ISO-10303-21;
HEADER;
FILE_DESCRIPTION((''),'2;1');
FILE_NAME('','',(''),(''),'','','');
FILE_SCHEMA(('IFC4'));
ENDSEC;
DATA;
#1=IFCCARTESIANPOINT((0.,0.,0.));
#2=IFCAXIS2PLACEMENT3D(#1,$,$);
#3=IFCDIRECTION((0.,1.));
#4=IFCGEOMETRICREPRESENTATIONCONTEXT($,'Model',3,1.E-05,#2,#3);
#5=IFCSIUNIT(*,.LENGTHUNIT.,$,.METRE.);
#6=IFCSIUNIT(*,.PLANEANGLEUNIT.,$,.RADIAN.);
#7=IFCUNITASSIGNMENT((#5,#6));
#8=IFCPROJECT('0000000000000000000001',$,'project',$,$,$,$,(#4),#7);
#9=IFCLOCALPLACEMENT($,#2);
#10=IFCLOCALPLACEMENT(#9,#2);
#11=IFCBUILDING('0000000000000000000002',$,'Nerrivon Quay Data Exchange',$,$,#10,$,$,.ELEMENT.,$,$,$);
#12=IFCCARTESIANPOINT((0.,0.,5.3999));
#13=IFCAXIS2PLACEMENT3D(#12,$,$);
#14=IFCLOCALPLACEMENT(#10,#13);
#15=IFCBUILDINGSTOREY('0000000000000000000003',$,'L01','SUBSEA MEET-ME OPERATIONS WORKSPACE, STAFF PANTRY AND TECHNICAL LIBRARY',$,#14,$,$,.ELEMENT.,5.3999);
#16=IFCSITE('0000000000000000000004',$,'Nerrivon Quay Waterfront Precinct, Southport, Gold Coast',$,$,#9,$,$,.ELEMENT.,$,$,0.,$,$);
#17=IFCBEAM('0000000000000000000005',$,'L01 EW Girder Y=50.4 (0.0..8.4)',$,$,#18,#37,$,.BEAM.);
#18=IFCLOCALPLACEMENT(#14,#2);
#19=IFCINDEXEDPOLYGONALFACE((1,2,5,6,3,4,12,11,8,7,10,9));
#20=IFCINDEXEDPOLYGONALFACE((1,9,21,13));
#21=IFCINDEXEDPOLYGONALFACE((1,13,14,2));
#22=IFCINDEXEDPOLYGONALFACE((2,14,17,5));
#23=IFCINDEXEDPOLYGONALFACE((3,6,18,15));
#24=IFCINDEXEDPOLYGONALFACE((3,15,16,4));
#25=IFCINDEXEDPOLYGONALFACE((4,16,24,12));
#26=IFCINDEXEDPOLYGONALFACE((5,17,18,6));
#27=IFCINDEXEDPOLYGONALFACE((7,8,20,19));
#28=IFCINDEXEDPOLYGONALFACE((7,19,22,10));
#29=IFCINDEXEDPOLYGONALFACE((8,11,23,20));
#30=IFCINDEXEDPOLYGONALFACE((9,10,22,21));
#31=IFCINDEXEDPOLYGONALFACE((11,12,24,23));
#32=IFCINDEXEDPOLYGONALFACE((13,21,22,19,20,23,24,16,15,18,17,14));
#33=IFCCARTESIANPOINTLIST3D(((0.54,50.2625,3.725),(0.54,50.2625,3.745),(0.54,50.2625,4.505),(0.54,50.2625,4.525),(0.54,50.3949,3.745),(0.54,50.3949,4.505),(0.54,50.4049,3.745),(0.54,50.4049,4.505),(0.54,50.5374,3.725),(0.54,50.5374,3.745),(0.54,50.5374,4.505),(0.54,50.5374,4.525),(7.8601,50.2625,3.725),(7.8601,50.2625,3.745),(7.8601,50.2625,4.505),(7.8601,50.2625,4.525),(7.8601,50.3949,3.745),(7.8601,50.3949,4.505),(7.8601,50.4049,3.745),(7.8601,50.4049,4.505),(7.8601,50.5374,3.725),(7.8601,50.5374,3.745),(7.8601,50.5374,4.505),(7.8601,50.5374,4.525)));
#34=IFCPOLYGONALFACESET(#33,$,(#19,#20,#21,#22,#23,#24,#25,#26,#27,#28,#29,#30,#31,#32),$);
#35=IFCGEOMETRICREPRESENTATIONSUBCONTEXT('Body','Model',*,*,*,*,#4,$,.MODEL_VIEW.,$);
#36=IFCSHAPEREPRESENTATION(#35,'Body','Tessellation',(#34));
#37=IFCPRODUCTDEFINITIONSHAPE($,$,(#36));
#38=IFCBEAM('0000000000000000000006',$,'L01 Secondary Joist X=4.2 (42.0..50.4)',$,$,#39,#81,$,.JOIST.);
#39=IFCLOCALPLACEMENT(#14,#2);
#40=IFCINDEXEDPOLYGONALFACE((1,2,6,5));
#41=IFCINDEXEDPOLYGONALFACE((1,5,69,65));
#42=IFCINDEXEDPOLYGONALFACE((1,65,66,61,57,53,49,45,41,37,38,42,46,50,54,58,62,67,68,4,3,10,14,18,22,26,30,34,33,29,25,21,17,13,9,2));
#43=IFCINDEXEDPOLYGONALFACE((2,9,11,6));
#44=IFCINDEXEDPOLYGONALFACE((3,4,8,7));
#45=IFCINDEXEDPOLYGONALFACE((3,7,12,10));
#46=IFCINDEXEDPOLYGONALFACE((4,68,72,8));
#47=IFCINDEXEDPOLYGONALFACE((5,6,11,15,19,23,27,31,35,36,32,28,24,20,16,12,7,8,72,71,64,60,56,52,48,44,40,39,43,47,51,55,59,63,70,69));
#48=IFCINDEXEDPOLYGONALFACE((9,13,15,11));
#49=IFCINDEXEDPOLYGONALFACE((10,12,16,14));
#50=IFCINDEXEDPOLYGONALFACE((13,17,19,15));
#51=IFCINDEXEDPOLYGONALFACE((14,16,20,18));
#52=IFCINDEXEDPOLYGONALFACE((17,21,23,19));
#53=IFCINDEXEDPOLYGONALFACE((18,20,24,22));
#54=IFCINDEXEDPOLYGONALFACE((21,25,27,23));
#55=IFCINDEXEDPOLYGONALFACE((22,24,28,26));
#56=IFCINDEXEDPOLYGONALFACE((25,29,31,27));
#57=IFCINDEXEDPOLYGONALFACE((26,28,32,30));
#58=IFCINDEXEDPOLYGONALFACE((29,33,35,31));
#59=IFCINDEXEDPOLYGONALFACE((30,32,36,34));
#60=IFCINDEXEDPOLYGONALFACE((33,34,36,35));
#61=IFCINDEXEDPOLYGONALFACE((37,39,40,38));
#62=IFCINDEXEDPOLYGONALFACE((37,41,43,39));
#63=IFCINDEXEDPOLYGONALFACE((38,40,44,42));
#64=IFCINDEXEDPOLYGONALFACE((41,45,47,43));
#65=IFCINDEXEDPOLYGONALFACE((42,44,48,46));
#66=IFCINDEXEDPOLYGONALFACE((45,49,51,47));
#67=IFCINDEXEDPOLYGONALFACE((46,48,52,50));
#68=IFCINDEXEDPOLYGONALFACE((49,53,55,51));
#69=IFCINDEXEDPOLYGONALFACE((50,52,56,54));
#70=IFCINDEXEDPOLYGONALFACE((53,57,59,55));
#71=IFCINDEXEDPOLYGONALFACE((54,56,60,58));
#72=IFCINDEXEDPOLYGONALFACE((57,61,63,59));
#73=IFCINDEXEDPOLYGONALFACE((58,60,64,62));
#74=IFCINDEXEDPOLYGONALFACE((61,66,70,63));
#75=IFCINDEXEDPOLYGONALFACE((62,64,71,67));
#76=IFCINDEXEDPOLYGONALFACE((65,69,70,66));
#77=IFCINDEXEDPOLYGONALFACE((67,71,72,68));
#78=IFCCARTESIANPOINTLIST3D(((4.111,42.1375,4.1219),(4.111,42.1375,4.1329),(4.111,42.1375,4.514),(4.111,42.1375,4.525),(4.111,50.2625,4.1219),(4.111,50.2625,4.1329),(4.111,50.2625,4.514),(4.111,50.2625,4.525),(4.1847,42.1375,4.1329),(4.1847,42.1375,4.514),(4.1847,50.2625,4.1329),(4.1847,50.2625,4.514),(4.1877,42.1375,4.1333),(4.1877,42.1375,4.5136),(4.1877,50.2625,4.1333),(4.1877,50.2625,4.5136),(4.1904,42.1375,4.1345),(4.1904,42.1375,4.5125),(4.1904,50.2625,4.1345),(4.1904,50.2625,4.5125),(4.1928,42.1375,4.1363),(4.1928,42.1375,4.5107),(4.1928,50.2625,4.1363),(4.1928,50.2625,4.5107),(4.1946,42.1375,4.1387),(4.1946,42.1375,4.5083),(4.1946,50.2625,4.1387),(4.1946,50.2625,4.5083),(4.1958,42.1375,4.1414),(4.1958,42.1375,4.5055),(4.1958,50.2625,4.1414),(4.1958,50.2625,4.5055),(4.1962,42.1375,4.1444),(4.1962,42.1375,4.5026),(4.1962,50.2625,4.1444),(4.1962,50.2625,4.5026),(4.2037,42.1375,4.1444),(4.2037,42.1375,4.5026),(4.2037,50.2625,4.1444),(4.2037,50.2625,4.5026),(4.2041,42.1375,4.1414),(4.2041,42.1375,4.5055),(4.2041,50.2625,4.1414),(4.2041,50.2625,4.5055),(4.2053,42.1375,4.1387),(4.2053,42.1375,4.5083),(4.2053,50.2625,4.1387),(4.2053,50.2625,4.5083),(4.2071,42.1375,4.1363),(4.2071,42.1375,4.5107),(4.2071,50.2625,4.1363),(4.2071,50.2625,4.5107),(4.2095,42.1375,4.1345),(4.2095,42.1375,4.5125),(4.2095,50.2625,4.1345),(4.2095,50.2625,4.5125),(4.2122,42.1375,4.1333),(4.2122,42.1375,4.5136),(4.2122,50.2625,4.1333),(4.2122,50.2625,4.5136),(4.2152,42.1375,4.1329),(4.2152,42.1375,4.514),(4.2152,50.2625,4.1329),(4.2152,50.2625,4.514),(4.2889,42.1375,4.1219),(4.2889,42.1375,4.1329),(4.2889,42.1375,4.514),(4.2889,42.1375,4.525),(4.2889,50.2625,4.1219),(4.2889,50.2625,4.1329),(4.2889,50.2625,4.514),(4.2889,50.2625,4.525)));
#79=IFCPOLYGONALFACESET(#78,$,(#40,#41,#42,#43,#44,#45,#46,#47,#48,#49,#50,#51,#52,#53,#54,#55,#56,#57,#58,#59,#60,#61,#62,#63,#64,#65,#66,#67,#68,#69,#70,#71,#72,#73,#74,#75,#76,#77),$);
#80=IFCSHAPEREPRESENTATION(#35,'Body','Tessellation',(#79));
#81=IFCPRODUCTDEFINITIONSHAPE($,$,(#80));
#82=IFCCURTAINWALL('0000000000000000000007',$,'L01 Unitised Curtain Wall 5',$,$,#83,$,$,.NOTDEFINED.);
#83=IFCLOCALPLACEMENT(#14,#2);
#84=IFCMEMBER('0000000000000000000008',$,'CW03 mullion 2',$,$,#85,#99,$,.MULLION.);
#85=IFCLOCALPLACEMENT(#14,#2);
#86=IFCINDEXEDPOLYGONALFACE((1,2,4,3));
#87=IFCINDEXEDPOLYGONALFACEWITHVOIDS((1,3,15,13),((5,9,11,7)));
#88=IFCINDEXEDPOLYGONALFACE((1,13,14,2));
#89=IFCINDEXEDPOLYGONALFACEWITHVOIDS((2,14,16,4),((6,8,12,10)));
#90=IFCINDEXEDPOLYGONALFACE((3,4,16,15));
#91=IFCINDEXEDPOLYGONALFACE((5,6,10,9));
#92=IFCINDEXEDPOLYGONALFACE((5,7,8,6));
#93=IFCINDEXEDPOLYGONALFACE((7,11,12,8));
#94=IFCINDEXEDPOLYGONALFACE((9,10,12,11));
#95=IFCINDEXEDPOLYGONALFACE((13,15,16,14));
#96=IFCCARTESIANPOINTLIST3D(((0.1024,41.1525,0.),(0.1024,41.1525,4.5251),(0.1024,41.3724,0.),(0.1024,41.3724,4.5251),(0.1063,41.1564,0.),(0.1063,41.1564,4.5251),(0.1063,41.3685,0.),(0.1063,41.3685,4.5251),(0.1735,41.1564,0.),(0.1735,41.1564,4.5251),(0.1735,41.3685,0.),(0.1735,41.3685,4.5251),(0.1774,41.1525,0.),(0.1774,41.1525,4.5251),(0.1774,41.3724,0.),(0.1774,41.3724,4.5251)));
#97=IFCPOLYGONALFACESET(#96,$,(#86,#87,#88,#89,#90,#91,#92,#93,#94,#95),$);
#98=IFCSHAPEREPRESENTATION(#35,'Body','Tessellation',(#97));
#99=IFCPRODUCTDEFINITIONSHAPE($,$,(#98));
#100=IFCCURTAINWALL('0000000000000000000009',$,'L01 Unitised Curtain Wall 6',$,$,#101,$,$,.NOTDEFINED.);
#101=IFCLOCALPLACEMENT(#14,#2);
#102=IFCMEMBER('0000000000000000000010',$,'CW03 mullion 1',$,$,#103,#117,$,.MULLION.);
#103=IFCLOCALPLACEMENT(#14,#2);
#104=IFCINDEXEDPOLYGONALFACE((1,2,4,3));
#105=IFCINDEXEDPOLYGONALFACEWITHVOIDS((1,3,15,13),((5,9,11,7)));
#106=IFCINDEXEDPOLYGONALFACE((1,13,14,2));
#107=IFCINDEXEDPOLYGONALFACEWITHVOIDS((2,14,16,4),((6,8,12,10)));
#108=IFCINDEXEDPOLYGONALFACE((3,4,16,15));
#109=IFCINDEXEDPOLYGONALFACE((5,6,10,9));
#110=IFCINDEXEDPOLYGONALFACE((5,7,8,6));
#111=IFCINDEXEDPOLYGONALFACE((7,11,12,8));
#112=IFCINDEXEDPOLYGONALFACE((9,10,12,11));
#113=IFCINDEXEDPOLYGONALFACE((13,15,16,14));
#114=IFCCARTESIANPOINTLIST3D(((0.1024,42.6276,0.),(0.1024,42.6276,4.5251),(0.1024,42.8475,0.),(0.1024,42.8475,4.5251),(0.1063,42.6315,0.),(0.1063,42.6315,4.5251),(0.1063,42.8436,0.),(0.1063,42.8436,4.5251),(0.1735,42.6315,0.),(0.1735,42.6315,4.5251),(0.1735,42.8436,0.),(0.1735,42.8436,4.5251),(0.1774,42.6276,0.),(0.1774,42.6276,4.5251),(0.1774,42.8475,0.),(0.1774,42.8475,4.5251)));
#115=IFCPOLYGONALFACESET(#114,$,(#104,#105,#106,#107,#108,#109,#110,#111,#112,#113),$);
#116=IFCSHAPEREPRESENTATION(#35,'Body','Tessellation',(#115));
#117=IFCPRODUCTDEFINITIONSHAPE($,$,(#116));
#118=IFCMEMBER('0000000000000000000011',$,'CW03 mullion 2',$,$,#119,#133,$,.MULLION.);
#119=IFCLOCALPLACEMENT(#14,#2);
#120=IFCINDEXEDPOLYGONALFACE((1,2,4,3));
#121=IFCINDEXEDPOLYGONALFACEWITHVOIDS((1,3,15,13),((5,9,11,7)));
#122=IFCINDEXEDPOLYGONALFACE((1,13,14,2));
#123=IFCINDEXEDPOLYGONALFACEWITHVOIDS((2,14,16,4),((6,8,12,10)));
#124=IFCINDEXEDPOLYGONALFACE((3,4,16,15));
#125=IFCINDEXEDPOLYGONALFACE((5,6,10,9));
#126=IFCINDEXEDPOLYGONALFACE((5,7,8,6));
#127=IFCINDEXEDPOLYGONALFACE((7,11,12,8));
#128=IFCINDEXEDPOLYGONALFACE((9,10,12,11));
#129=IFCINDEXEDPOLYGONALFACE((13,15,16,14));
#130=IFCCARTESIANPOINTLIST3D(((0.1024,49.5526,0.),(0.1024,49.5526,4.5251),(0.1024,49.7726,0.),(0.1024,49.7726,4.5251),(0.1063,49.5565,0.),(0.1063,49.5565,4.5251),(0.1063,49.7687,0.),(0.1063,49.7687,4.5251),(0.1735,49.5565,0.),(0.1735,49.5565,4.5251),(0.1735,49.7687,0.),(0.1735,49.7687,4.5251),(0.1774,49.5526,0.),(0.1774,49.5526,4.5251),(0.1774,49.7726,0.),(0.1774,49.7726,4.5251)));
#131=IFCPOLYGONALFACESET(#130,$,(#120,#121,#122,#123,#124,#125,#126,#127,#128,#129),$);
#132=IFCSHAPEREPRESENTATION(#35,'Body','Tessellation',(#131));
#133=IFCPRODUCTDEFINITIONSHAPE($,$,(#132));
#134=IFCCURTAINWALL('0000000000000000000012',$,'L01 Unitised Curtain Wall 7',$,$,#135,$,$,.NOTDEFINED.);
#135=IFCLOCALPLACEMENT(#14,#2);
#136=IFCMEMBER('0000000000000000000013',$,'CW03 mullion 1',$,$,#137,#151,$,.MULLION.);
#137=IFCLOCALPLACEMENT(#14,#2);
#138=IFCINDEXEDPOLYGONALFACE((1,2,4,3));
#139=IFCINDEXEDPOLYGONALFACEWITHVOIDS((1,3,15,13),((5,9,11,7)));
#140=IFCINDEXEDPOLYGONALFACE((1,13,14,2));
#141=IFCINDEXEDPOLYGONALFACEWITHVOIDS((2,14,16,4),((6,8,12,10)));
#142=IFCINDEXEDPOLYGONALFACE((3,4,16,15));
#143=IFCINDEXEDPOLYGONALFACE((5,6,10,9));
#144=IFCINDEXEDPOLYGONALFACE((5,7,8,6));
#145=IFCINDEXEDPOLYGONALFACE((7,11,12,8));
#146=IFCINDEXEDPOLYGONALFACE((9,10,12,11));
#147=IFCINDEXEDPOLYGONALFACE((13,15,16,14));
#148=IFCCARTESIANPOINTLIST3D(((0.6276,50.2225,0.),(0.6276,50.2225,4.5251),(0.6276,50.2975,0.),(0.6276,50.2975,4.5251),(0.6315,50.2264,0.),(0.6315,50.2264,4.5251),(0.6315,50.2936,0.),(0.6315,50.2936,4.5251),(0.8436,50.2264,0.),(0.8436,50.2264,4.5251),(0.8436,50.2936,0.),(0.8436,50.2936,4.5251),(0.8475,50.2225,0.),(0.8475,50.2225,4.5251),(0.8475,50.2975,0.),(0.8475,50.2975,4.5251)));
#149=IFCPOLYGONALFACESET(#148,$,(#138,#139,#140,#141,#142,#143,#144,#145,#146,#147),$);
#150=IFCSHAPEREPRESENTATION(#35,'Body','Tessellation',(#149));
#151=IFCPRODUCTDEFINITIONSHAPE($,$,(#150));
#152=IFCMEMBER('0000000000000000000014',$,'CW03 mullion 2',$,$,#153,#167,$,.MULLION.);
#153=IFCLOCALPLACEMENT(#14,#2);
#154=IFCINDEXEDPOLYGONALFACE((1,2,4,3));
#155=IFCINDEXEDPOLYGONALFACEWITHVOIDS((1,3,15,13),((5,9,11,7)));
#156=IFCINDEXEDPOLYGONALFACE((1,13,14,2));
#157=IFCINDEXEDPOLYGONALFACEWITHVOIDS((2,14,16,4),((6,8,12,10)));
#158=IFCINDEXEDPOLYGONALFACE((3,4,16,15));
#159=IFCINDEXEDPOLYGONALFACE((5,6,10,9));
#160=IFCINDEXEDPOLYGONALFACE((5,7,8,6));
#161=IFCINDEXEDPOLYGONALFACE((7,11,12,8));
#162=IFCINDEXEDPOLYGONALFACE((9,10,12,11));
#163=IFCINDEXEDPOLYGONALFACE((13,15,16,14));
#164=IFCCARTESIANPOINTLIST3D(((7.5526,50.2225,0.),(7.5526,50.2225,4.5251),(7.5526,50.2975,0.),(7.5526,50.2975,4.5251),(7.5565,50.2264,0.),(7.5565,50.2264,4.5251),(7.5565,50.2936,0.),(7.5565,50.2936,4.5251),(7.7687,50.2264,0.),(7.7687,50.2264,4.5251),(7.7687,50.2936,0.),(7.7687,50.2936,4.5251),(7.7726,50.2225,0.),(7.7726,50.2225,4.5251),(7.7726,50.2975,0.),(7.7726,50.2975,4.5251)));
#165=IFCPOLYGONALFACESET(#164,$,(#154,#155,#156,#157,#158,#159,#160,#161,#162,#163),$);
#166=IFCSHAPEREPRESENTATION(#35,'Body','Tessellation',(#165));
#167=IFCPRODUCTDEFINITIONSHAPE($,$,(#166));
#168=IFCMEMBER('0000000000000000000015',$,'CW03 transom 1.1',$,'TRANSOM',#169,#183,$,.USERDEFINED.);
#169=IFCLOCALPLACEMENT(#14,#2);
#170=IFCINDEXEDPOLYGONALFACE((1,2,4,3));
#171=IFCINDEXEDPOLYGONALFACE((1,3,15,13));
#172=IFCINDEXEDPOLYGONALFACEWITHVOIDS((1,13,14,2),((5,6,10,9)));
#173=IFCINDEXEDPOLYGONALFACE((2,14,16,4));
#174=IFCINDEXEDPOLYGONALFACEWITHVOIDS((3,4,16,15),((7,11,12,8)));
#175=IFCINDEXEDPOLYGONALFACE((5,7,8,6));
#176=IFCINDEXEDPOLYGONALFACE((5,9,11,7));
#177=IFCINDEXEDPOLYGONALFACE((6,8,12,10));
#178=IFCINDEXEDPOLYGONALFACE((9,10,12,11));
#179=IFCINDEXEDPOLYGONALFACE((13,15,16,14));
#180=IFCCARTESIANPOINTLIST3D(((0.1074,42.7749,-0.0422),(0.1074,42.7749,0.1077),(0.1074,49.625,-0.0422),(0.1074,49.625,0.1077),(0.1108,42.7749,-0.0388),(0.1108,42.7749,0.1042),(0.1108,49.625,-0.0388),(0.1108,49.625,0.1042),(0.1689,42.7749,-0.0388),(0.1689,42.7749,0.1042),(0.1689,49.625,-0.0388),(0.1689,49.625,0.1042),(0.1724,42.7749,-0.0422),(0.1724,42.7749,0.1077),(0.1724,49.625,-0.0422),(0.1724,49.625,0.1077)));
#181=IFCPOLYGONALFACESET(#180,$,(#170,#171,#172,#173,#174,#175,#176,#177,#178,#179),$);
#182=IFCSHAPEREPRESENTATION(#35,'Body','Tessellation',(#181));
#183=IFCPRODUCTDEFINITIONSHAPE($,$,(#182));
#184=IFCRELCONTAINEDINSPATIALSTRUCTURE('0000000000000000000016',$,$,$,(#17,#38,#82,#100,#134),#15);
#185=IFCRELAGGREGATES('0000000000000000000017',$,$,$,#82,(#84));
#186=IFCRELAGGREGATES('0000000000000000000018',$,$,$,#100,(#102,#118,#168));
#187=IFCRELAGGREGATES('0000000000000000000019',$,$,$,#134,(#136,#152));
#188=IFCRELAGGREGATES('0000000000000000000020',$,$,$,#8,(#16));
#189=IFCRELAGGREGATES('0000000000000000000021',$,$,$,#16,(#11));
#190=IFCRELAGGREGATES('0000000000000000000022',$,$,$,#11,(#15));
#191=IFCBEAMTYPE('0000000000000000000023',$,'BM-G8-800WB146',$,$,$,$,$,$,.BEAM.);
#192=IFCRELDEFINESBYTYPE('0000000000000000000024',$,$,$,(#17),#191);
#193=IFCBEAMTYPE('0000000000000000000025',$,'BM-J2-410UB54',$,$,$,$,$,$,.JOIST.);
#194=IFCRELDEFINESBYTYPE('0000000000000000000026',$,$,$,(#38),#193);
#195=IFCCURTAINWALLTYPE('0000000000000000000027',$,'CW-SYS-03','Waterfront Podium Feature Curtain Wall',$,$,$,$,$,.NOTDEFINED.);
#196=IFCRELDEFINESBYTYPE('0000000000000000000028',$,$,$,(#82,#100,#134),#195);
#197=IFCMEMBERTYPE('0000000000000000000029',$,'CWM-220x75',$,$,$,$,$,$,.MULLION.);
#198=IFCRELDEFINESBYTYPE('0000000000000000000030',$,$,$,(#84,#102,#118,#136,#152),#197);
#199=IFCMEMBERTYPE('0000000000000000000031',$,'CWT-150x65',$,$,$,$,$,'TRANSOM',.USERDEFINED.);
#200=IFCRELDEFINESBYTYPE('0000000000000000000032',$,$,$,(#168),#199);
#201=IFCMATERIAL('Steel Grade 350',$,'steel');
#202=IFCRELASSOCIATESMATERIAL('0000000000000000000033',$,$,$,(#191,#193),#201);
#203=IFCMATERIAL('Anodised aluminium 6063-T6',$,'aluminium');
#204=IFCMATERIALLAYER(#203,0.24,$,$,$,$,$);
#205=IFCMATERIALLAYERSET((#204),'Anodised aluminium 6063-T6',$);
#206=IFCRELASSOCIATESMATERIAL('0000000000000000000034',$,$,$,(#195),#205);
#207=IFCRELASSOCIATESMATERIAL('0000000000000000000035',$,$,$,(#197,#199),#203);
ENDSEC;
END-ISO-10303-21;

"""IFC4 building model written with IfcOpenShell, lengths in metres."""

from ifc_helpers import new_model, si_unit, direction, frame, origin, origin_2d, place, context, subcontext, project, spatial, hollow_rectangle, i_section, extrude, material, layer, layer_set, material_profile, profile_set, type_object, element, aggregate, save


model = new_model("IFC4")

# Units and contexts
model_context = context("Model", 3, precision=1e-05, world=origin(), true_north=direction((0.0, 1.0)))
body_context = subcontext(model_context, "Body", "Model", "MODEL_VIEW")
ifc_project = project(units=[si_unit("LENGTHUNIT", "METRE"), si_unit("PLANEANGLEUNIT", "RADIAN")], contexts=[model_context])

# Site, building, storey
site_placement = place(None, origin())
site = spatial("IfcSite", under=ifc_project, at=site_placement, Name="Nerrivon Quay Waterfront Precinct, Southport, Gold Coast", CompositionType="ELEMENT", RefElevation=0.0)
building_placement = place(site_placement, origin())
building = spatial("IfcBuilding", under=site, at=building_placement, Name="Nerrivon Quay Data Exchange", CompositionType="ELEMENT")
storey_placement = place(building_placement, frame((0.0, 0.0, 5.3999)))
storey = spatial("IfcBuildingStorey", under=building, at=storey_placement, Name="L01", Description="SUBSEA MEET-ME OPERATIONS WORKSPACE, STAFF PANTRY AND TECHNICAL LIBRARY", CompositionType="ELEMENT", Elevation=5.3999)

# Beams
ifc_material_1 = material(Name="Steel Grade 350", Category="steel")
ifc_material_profile_1 = material_profile(ifc_material_1, i_section(OverallWidth=0.2749, OverallDepth=0.8, WebThickness=0.01, FlangeThickness=0.02, at=origin_2d()), Name="800WB146")
ifc_profile_set_1 = profile_set([ifc_material_profile_1], Name="Steel Grade 350")
beam_type_1 = type_object("IfcBeamType", Name="BM-G8-800WB146", PredefinedType="BEAM", material=ifc_profile_set_1)
for number, where, z_axis, x_axis, name in (
    (1, (0.54, 50.3999, 4.125), (1.0, 0.0, 0.0), (0.0, 1.0, 0.0), "L01 EW Girder Y=50.4 (0.0..8.4)"),
):
    element("IfcBeam", number, at=place(storey_placement, frame(where, z_axis=z_axis, x_axis=x_axis)), inside=storey, type_object=beam_type_1, Name=name, PredefinedType="BEAM", context=body_context, shape_type="SweptSolid", body=[
        extrude(i_section(OverallWidth=0.2749, OverallDepth=0.8, WebThickness=0.01, FlangeThickness=0.02, at=origin_2d()), origin(), (0.0, 0.0, 1.0), 7.3201),
    ])
ifc_material_profile_2 = material_profile(ifc_material_1, i_section(OverallWidth=0.178, OverallDepth=0.4031, WebThickness=0.0076, FlangeThickness=0.011, FilletRadius=0.0115, at=origin_2d()), Name="410UB53.7")
ifc_profile_set_2 = profile_set([ifc_material_profile_2], Name="Steel Grade 350")
beam_type_2 = type_object("IfcBeamType", Name="BM-J2-410UB54", PredefinedType="JOIST", material=ifc_profile_set_2)
beam_1_placement = place(storey_placement, frame((4.2, 42.1375, 4.3235), z_axis=(0.0, 1.0, 0.0), x_axis=(-1.0, 0.0, 0.0)))
element("IfcBeam", 2, at=beam_1_placement, inside=storey, type_object=beam_type_2, Name="L01 Secondary Joist X=4.2 (42.0..50.4)", PredefinedType="JOIST", context=body_context, shape_type="SweptSolid", body=[
    extrude(i_section(OverallWidth=0.178, OverallDepth=0.4031, WebThickness=0.0076, FlangeThickness=0.011, FilletRadius=0.0115, at=origin_2d()), origin(), (0.0, 0.0, 1.0), 8.125),
])

# Curtain wall, member
ifc_material_2 = material(Name="Anodised aluminium 6063-T6", Category="aluminium")
ifc_layer_1 = layer(ifc_material_2, 0.24)
ifc_layer_set_1 = layer_set([ifc_layer_1], Name="Anodised aluminium 6063-T6")
curtain_wall_type = type_object("IfcCurtainWallType", Name="CW-SYS-03", Description="Waterfront Podium Feature Curtain Wall", PredefinedType="NOTDEFINED", material=ifc_layer_set_1)
curtain_wall_1_placement = place(storey_placement, origin())
curtain_wall_1 = element("IfcCurtainWall", 3, at=curtain_wall_1_placement, inside=storey, type_object=curtain_wall_type, Name="L01 Unitised Curtain Wall 5", PredefinedType="NOTDEFINED")
ifc_material_profile_3 = material_profile(ifc_material_2, hollow_rectangle(XDim=0.075, YDim=0.22, WallThickness=0.0039, at=origin_2d()), Name="ALU-MULL-220x75")
ifc_profile_set_3 = profile_set([ifc_material_profile_3], Name="Anodised aluminium 6063-T6")
member_type_1 = type_object("IfcMemberType", Name="CWM-220x75", PredefinedType="MULLION", material=ifc_profile_set_3)
member_1_placement = place(storey_placement, frame((0.1399, 41.2625, 0.0), z_axis=(0.0, 0.0, 1.0), x_axis=(-1.0, 0.0, 0.0)))
member_1 = element("IfcMember", 4, at=member_1_placement, type_object=member_type_1, Name="CW03 mullion 2", PredefinedType="MULLION", context=body_context, shape_type="SweptSolid", body=[
    extrude(hollow_rectangle(XDim=0.075, YDim=0.22, WallThickness=0.0039, at=origin_2d()), origin(), (0.0, 0.0, 1.0), 4.5251),
])

# Curtain walls, members
curtain_wall_2_placement = place(storey_placement, origin())
curtain_wall_2 = element("IfcCurtainWall", 5, at=curtain_wall_2_placement, inside=storey, type_object=curtain_wall_type, Name="L01 Unitised Curtain Wall 6", PredefinedType="NOTDEFINED")
member_2_placement = place(storey_placement, frame((0.1399, 42.7375, 0.0), z_axis=(0.0, 0.0, 1.0), x_axis=(-1.0, 0.0, 0.0)))
member_2 = element("IfcMember", 6, at=member_2_placement, type_object=member_type_1, Name="CW03 mullion 1", PredefinedType="MULLION", context=body_context, shape_type="SweptSolid", body=[
    extrude(hollow_rectangle(XDim=0.075, YDim=0.22, WallThickness=0.0039, at=origin_2d()), origin(), (0.0, 0.0, 1.0), 4.5251),
])
member_3_placement = place(storey_placement, frame((0.1399, 49.6626, 0.0), z_axis=(0.0, 0.0, 1.0), x_axis=(-1.0, 0.0, 0.0)))
member_3 = element("IfcMember", 7, at=member_3_placement, type_object=member_type_1, Name="CW03 mullion 2", PredefinedType="MULLION", context=body_context, shape_type="SweptSolid", body=[
    extrude(hollow_rectangle(XDim=0.075, YDim=0.22, WallThickness=0.0039, at=origin_2d()), origin(), (0.0, 0.0, 1.0), 4.5251),
])
curtain_wall_3_placement = place(storey_placement, origin())
curtain_wall_3 = element("IfcCurtainWall", 8, at=curtain_wall_3_placement, inside=storey, type_object=curtain_wall_type, Name="L01 Unitised Curtain Wall 7", PredefinedType="NOTDEFINED")
member_4_placement = place(storey_placement, frame((0.7375, 50.26, 0.0), z_axis=(0.0, 0.0, 1.0), x_axis=(0.0, 1.0, 0.0)))
member_4 = element("IfcMember", 9, at=member_4_placement, type_object=member_type_1, Name="CW03 mullion 1", PredefinedType="MULLION", context=body_context, shape_type="SweptSolid", body=[
    extrude(hollow_rectangle(XDim=0.075, YDim=0.22, WallThickness=0.0039, at=origin_2d()), origin(), (0.0, 0.0, 1.0), 4.5251),
])
member_5_placement = place(storey_placement, frame((7.6626, 50.26, 0.0), z_axis=(0.0, 0.0, 1.0), x_axis=(0.0, 1.0, 0.0)))
member_5 = element("IfcMember", 10, at=member_5_placement, type_object=member_type_1, Name="CW03 mullion 2", PredefinedType="MULLION", context=body_context, shape_type="SweptSolid", body=[
    extrude(hollow_rectangle(XDim=0.075, YDim=0.22, WallThickness=0.0039, at=origin_2d()), origin(), (0.0, 0.0, 1.0), 4.5251),
])

# Member
ifc_material_profile_4 = material_profile(ifc_material_2, hollow_rectangle(XDim=0.0649, YDim=0.1499, WallThickness=0.0034, at=origin_2d()), Name="ALU-TRAN-150x65")
ifc_profile_set_4 = profile_set([ifc_material_profile_4], Name="Anodised aluminium 6063-T6")
member_type_2 = type_object("IfcMemberType", Name="CWT-150x65", ElementType="TRANSOM", PredefinedType="USERDEFINED", material=ifc_profile_set_4)
member_6_placement = place(storey_placement, frame((0.1399, 42.7749, 0.0327), z_axis=(0.0, 1.0, 0.0), x_axis=(-1.0, 0.0, 0.0)))
member_6 = element("IfcMember", 11, at=member_6_placement, type_object=member_type_2, Name="CW03 transom 1.1", ObjectType="TRANSOM", PredefinedType="USERDEFINED", context=body_context, shape_type="SweptSolid", body=[
    extrude(hollow_rectangle(XDim=0.0649, YDim=0.1499, WallThickness=0.0034, at=origin_2d()), origin(), (0.0, 0.0, 1.0), 6.8501),
])

aggregate(curtain_wall_1, [member_1])
aggregate(curtain_wall_2, [member_2, member_3, member_6])
aggregate(curtain_wall_3, [member_4, member_5])

save(model, "model.ifc")
